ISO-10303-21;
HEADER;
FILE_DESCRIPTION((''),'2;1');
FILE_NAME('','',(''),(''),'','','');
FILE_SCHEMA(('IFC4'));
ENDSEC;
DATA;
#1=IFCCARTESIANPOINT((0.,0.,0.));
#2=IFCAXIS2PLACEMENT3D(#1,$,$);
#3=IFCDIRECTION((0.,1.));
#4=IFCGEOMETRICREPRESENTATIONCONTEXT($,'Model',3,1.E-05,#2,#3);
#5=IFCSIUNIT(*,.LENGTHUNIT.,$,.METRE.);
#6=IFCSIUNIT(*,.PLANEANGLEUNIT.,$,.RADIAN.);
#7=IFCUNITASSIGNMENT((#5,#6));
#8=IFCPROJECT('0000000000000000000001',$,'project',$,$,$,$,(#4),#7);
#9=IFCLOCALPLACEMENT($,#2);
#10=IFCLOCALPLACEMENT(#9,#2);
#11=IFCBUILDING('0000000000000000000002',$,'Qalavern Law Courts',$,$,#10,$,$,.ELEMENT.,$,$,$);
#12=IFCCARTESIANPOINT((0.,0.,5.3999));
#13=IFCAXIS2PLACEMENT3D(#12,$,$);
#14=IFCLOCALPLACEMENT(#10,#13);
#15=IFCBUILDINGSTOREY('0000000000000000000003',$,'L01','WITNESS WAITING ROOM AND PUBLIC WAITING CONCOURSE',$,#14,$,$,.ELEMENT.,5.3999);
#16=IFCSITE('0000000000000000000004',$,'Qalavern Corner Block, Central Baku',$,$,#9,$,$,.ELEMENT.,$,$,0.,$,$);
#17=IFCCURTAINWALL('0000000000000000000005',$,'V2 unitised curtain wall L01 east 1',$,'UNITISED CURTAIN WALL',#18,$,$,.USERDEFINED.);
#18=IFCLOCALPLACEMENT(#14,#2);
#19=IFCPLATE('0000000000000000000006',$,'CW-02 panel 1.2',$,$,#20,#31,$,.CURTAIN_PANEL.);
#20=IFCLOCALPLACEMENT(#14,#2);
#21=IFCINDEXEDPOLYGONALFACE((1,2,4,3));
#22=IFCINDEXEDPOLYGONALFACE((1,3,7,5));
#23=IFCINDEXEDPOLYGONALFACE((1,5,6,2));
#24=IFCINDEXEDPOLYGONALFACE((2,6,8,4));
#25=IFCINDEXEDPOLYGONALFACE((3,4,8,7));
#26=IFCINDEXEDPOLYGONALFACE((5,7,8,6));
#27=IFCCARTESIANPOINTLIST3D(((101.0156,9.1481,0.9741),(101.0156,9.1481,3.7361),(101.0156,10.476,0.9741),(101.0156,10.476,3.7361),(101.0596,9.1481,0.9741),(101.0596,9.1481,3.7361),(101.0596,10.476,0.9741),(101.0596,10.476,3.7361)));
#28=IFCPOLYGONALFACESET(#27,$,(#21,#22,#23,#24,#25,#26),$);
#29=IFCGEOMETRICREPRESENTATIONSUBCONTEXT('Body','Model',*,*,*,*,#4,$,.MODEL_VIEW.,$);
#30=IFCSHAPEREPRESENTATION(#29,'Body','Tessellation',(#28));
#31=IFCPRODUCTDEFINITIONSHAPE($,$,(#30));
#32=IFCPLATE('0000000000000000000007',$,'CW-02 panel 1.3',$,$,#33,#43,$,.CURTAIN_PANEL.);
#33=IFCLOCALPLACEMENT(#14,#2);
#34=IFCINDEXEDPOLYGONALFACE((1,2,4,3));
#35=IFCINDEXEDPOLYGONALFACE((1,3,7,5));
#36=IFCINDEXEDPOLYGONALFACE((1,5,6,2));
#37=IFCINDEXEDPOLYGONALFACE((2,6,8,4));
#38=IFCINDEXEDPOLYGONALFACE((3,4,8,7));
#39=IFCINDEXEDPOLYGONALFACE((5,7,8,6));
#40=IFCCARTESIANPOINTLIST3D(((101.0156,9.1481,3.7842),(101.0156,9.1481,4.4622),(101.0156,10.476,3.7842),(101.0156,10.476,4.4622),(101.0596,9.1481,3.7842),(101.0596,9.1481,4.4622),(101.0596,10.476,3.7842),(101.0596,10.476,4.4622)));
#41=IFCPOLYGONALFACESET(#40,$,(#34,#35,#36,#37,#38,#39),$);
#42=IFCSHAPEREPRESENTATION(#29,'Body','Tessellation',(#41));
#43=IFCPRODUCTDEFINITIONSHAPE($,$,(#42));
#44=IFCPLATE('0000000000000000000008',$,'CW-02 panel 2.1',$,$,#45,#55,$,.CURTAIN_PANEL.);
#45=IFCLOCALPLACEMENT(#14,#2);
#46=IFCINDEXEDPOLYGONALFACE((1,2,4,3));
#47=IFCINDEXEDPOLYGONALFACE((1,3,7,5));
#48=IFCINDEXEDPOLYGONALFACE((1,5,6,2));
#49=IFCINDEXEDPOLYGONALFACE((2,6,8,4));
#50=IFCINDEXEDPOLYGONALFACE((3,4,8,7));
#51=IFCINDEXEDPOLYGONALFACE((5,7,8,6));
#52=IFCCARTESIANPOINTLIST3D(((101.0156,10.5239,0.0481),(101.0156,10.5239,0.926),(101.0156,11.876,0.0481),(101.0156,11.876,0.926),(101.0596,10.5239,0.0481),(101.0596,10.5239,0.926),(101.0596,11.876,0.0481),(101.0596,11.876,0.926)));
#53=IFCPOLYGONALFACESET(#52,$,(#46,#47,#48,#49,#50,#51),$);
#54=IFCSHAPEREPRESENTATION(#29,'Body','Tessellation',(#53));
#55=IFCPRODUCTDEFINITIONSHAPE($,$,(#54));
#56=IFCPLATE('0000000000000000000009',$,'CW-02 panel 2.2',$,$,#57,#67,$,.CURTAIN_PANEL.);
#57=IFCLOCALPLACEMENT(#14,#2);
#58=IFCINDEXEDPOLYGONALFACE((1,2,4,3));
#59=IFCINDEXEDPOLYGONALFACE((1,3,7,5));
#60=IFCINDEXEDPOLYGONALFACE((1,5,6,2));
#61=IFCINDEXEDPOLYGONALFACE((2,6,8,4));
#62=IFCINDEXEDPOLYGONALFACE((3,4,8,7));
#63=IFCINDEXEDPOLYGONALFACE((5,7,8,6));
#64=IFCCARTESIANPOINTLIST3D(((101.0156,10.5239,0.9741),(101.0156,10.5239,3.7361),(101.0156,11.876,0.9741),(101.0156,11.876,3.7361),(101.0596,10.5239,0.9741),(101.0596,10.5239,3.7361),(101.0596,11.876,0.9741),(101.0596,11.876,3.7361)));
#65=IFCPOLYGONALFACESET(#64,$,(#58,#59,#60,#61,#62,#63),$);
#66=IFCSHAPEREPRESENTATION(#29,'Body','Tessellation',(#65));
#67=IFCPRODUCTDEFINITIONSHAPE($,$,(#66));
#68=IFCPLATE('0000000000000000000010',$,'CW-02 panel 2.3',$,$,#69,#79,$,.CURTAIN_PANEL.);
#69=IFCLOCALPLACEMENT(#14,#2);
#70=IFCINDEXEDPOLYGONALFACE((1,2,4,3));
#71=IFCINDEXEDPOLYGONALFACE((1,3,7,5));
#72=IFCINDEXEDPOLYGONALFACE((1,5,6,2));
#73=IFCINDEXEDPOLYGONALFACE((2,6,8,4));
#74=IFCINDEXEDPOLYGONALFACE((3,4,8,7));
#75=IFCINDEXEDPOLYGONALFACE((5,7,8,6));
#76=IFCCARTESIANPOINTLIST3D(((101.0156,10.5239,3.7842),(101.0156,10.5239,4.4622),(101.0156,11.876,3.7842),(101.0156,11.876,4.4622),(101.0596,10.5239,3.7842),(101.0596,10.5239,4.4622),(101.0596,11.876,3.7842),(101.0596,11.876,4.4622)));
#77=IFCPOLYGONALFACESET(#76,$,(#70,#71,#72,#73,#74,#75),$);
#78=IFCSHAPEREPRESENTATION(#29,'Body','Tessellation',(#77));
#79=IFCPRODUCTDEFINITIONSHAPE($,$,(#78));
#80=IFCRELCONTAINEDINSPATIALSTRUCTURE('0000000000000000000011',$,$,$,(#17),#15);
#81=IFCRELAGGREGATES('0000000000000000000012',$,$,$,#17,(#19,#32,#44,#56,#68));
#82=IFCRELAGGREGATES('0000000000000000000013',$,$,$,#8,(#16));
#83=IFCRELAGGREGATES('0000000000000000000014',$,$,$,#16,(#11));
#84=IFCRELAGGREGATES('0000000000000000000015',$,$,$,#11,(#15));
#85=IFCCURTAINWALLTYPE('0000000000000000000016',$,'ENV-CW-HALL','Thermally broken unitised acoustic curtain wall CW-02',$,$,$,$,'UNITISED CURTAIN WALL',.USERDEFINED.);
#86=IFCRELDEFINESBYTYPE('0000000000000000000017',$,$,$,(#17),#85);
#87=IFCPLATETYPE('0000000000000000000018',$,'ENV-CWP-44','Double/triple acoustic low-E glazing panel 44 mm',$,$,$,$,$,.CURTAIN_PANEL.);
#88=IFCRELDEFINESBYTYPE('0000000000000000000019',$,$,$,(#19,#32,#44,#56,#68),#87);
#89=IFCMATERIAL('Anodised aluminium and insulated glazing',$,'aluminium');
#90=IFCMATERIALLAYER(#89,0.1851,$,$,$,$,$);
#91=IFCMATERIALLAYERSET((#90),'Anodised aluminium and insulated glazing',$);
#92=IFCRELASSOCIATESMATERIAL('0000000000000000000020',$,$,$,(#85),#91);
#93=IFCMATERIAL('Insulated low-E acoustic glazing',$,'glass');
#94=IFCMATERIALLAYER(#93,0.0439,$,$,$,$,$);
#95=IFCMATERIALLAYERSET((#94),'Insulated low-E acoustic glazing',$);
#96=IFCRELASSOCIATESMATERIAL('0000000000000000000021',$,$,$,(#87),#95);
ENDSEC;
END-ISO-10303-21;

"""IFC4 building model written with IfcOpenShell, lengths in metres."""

from ifc_helpers import new_model, si_unit, direction, frame, origin, origin_2d, place, context, subcontext, project, spatial, rectangle, extrude, material, layer, layer_set, type_object, element, aggregate, save


model = new_model("IFC4")

# Units and contexts
model_context = context("Model", 3, precision=1e-05, world=origin(), true_north=direction((0.0, 1.0)))
body_context = subcontext(model_context, "Body", "Model", "MODEL_VIEW")
ifc_project = project(units=[si_unit("LENGTHUNIT", "METRE"), si_unit("PLANEANGLEUNIT", "RADIAN")], contexts=[model_context])

# Site, building, storey
site_placement = place(None, origin())
site = spatial("IfcSite", under=ifc_project, at=site_placement, Name="Qalavern Corner Block, Central Baku", CompositionType="ELEMENT", RefElevation=0.0)
building_placement = place(site_placement, origin())
building = spatial("IfcBuilding", under=site, at=building_placement, Name="Qalavern Law Courts", CompositionType="ELEMENT")
storey_placement = place(building_placement, frame((0.0, 0.0, 5.3999)))
storey = spatial("IfcBuildingStorey", under=building, at=storey_placement, Name="L01", Description="WITNESS WAITING ROOM AND PUBLIC WAITING CONCOURSE", CompositionType="ELEMENT", Elevation=5.3999)

# Curtain wall
ifc_material_1 = material(Name="Anodised aluminium and insulated glazing", Category="aluminium")
ifc_layer_1 = layer(ifc_material_1, 0.1851)
ifc_layer_set_1 = layer_set([ifc_layer_1], Name="Anodised aluminium and insulated glazing")
curtain_wall_type = type_object("IfcCurtainWallType", Name="ENV-CW-HALL", Description="Thermally broken unitised acoustic curtain wall CW-02", ElementType="UNITISED CURTAIN WALL", PredefinedType="USERDEFINED", material=ifc_layer_set_1)
curtain_wall_placement = place(storey_placement, origin())
curtain_wall = element("IfcCurtainWall", 1, at=curtain_wall_placement, inside=storey, type_object=curtain_wall_type, Name="V2 unitised curtain wall L01 east 1", ObjectType="UNITISED CURTAIN WALL", PredefinedType="USERDEFINED")

# Plates
ifc_material_2 = material(Name="Insulated low-E acoustic glazing", Category="glass")
ifc_layer_2 = layer(ifc_material_2, 0.0439)
ifc_layer_set_2 = layer_set([ifc_layer_2], Name="Insulated low-E acoustic glazing")
plate_type = type_object("IfcPlateType", Name="ENV-CWP-44", Description="Double/triple acoustic low-E glazing panel 44 mm", PredefinedType="CURTAIN_PANEL", material=ifc_layer_set_2)
plate_1_placement = place(storey_placement, frame((101.0376, 9.812, 0.9741), z_axis=(0.0, 0.0, 1.0), x_axis=(0.0, 1.0, 0.0)))
plate_1 = element("IfcPlate", 2, at=plate_1_placement, type_object=plate_type, Name="CW-02 panel 1.2", PredefinedType="CURTAIN_PANEL", context=body_context, shape_type="SweptSolid", body=[
    extrude(rectangle(XDim=1.3279, YDim=0.0439, at=origin_2d()), origin(), (0.0, 0.0, 1.0), 2.762),
])
plate_2_placement = place(storey_placement, frame((101.0376, 9.812, 3.7842), z_axis=(0.0, 0.0, 1.0), x_axis=(0.0, 1.0, 0.0)))
plate_2 = element("IfcPlate", 3, at=plate_2_placement, type_object=plate_type, Name="CW-02 panel 1.3", PredefinedType="CURTAIN_PANEL", context=body_context, shape_type="SweptSolid", body=[
    extrude(rectangle(XDim=1.3279, YDim=0.0439, at=origin_2d()), origin(), (0.0, 0.0, 1.0), 0.678),
])
plate_3_placement = place(storey_placement, frame((101.0376, 11.2, 0.0481), z_axis=(0.0, 0.0, 1.0), x_axis=(0.0, 1.0, 0.0)))
plate_3 = element("IfcPlate", 4, at=plate_3_placement, type_object=plate_type, Name="CW-02 panel 2.1", PredefinedType="CURTAIN_PANEL", context=body_context, shape_type="SweptSolid", body=[
    extrude(rectangle(XDim=1.3521, YDim=0.0439, at=origin_2d()), origin(), (0.0, 0.0, 1.0), 0.8779),
])
plate_4_placement = place(storey_placement, frame((101.0376, 11.2, 0.9741), z_axis=(0.0, 0.0, 1.0), x_axis=(0.0, 1.0, 0.0)))
plate_4 = element("IfcPlate", 5, at=plate_4_placement, type_object=plate_type, Name="CW-02 panel 2.2", PredefinedType="CURTAIN_PANEL", context=body_context, shape_type="SweptSolid", body=[
    extrude(rectangle(XDim=1.3521, YDim=0.0439, at=origin_2d()), origin(), (0.0, 0.0, 1.0), 2.762),
])
plate_5_placement = place(storey_placement, frame((101.0376, 11.2, 3.7842), z_axis=(0.0, 0.0, 1.0), x_axis=(0.0, 1.0, 0.0)))
plate_5 = element("IfcPlate", 6, at=plate_5_placement, type_object=plate_type, Name="CW-02 panel 2.3", PredefinedType="CURTAIN_PANEL", context=body_context, shape_type="SweptSolid", body=[
    extrude(rectangle(XDim=1.3521, YDim=0.0439, at=origin_2d()), origin(), (0.0, 0.0, 1.0), 0.678),
])
aggregate(curtain_wall, [plate_1, plate_2, plate_3, plate_4, plate_5])

save(model, "model.ifc")
